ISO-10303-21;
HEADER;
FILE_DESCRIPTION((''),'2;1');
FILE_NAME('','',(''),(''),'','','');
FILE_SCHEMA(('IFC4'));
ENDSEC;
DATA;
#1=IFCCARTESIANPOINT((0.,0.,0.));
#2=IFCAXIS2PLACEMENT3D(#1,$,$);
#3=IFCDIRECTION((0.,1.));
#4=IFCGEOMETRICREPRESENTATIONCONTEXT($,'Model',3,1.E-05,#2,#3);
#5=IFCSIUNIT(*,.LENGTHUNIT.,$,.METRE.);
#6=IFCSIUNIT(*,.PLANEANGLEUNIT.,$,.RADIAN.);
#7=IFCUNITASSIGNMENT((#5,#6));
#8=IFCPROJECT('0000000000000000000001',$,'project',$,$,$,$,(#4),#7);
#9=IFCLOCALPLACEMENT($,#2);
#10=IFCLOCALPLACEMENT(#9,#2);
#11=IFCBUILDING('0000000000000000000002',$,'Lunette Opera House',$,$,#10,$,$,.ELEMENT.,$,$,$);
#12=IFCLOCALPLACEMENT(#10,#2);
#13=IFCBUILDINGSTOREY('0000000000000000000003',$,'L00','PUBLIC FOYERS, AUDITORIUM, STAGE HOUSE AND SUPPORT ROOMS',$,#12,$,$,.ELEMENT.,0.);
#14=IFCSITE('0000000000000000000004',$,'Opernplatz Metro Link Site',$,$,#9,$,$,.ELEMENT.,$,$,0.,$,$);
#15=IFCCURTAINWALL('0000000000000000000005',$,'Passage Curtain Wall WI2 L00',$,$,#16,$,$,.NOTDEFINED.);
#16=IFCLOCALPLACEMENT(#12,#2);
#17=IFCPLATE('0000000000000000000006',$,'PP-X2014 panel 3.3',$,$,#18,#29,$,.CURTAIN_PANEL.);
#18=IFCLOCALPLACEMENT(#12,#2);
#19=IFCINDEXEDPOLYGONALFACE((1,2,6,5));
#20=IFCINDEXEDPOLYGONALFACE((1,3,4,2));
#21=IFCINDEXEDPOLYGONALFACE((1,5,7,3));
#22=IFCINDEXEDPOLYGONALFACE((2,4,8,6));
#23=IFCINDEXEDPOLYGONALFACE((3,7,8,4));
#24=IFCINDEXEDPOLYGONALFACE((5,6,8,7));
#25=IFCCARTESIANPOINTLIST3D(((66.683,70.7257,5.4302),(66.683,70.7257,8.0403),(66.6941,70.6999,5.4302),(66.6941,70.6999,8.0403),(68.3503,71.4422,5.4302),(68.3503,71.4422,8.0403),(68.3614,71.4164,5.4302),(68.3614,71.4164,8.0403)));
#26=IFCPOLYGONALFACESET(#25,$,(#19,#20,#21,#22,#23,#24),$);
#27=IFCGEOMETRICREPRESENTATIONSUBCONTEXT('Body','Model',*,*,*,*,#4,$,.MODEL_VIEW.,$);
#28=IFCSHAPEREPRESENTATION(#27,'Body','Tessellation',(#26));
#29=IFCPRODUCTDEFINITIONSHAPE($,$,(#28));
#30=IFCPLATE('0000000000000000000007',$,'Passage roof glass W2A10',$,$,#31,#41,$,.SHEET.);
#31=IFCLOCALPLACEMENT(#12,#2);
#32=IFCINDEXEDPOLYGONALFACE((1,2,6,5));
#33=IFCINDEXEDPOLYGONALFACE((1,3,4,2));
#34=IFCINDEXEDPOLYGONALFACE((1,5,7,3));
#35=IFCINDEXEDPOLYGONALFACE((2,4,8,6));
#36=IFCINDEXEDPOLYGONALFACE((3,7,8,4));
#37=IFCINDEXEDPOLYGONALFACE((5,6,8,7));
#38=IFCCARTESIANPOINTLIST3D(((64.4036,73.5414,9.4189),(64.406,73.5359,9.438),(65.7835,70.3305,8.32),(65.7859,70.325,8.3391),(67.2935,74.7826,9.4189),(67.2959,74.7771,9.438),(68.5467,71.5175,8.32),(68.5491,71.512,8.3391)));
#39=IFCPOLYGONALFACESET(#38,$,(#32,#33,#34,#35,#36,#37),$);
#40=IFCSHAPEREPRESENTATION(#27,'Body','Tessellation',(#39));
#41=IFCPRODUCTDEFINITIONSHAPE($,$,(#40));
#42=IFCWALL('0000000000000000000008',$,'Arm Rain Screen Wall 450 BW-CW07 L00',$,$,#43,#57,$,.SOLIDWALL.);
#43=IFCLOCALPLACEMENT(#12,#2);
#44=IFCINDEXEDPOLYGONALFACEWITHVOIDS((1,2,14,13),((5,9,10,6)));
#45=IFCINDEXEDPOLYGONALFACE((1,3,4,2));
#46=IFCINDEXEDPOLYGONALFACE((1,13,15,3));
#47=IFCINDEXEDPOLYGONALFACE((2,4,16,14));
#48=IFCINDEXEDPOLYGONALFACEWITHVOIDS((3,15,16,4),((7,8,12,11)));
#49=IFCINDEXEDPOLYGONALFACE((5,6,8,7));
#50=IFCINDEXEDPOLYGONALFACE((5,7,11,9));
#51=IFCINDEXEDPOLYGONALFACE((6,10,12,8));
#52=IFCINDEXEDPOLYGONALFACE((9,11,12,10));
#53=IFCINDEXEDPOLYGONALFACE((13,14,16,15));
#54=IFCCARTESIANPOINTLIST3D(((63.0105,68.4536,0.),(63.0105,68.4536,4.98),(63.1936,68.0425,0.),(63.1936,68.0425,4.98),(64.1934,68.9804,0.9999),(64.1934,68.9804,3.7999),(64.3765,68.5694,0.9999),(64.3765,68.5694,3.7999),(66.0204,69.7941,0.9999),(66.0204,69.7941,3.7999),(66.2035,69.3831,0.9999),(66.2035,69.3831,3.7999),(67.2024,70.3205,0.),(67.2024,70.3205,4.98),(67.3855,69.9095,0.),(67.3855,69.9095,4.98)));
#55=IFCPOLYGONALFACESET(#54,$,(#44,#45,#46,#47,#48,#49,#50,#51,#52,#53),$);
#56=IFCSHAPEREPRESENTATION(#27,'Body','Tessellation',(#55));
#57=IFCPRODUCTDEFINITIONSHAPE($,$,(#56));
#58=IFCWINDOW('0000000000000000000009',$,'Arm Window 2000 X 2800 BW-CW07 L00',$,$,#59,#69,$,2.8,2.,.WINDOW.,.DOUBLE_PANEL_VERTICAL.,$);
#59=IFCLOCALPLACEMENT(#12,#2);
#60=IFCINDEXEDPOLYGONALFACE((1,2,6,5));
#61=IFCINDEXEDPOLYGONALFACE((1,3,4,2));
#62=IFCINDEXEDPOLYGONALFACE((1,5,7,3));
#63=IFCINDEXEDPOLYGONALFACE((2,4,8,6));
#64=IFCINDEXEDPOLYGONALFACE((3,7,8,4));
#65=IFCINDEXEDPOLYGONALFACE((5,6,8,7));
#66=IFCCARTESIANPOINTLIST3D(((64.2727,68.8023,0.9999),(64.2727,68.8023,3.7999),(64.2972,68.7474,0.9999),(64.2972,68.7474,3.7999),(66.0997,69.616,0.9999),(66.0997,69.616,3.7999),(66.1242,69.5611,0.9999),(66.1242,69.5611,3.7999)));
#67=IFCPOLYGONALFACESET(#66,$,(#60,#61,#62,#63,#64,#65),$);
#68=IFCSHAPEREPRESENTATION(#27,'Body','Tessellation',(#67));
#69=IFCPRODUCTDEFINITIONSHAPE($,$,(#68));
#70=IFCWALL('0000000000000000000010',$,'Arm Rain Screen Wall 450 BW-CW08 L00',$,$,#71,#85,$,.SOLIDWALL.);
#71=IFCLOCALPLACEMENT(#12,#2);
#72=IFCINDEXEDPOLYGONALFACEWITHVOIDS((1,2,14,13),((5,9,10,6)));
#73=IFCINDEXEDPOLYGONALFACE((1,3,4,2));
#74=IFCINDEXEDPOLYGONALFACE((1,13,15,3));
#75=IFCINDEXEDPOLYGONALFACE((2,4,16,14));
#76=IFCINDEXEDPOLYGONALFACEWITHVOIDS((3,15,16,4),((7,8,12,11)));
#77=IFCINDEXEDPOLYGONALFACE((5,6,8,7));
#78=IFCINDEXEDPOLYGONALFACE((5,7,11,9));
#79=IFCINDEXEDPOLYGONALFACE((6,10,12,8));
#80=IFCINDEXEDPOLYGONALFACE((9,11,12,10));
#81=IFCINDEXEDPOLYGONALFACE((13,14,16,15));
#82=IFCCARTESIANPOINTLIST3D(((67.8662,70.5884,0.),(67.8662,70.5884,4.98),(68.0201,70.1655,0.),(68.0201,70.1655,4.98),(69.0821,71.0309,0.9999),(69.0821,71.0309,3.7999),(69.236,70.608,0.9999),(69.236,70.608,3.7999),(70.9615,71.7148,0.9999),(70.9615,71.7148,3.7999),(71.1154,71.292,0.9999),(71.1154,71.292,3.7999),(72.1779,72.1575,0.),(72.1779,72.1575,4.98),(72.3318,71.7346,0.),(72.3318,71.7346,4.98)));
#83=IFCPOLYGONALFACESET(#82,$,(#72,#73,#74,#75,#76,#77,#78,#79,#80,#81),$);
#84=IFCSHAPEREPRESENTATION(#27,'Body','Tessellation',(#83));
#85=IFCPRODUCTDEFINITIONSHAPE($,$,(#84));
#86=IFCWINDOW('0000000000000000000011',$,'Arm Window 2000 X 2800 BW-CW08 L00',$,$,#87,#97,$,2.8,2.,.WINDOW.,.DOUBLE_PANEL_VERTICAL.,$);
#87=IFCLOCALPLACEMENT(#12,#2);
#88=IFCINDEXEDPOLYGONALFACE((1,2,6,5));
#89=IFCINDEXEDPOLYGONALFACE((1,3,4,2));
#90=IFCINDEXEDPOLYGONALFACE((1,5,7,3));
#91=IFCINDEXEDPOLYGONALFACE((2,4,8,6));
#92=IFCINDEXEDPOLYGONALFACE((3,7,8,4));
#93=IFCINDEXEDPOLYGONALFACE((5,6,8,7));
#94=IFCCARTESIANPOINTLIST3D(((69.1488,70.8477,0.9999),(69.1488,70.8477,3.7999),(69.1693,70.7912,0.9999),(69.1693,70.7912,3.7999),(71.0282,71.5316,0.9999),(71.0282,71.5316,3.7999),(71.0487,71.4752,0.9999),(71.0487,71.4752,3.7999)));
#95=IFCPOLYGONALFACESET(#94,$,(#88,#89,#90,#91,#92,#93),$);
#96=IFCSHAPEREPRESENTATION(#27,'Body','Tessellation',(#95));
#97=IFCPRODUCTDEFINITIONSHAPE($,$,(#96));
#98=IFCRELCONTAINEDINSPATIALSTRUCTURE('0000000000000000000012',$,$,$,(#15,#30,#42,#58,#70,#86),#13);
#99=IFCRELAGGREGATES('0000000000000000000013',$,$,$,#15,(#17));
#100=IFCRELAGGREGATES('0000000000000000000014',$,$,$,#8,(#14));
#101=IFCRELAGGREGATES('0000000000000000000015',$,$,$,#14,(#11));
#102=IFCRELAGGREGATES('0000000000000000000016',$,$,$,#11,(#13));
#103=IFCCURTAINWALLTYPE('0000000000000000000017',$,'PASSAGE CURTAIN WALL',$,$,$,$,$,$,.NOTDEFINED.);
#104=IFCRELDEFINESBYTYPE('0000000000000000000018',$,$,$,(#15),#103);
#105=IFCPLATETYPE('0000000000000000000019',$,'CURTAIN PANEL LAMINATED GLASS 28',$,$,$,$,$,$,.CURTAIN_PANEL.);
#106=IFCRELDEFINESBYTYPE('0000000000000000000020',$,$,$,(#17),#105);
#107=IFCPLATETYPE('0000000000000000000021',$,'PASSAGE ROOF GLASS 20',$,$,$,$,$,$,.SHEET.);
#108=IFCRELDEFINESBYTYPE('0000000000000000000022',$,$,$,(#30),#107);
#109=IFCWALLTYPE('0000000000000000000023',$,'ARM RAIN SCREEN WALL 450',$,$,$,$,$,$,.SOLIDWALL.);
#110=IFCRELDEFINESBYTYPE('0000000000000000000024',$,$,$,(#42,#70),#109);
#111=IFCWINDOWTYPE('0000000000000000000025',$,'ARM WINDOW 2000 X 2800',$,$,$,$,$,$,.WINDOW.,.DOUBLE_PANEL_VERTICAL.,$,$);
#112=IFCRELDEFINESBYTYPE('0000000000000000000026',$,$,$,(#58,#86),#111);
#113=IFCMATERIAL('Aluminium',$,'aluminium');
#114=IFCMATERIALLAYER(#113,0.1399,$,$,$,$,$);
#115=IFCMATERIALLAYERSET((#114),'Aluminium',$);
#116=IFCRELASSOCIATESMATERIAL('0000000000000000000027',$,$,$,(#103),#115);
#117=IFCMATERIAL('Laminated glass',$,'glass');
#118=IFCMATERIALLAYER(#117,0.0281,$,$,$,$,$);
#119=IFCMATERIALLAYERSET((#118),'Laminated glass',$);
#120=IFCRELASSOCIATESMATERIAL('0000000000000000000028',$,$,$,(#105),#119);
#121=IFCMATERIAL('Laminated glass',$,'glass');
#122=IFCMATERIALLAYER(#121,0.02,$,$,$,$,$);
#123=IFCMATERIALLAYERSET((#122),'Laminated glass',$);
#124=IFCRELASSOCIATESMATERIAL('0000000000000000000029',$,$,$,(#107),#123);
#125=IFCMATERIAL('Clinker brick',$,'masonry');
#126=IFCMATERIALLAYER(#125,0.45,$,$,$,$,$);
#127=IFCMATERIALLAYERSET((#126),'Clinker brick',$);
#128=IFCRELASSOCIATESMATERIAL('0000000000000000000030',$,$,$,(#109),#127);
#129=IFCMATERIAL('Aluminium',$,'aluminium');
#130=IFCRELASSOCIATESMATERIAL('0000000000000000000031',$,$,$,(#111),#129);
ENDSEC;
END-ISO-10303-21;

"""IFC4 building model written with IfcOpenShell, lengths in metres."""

from ifc_helpers import new_model, si_unit, direction, frame, frame_2d, origin, origin_2d, place, context, subcontext, project, spatial, polyline, rectangle, outline, extrude, material, layer, layer_set, type_object, element, fill, aggregate, save


model = new_model("IFC4")

# Units and contexts
model_context = context("Model", 3, precision=1e-05, world=origin(), true_north=direction((0.0, 1.0)))
body_context = subcontext(model_context, "Body", "Model", "MODEL_VIEW")
ifc_project = project(units=[si_unit("LENGTHUNIT", "METRE"), si_unit("PLANEANGLEUNIT", "RADIAN")], contexts=[model_context])

# Site, building, storey
site_placement = place(None, origin())
site = spatial("IfcSite", under=ifc_project, at=site_placement, Name="Opernplatz Metro Link Site", CompositionType="ELEMENT", RefElevation=0.0)
building_placement = place(site_placement, origin())
building = spatial("IfcBuilding", under=site, at=building_placement, Name="Lunette Opera House", CompositionType="ELEMENT")
storey_placement = place(building_placement, origin())
storey = spatial("IfcBuildingStorey", under=building, at=storey_placement, Name="L00", Description="PUBLIC FOYERS, AUDITORIUM, STAGE HOUSE AND SUPPORT ROOMS", CompositionType="ELEMENT", Elevation=0.0)

# Curtain wall
ifc_material_1 = material(Name="Aluminium", Category="aluminium")
ifc_layer_1 = layer(ifc_material_1, 0.1399)
ifc_layer_set_1 = layer_set([ifc_layer_1], Name="Aluminium")
curtain_wall_type = type_object("IfcCurtainWallType", Name="PASSAGE CURTAIN WALL", PredefinedType="NOTDEFINED", material=ifc_layer_set_1)
curtain_wall_placement = place(storey_placement, origin())
curtain_wall = element("IfcCurtainWall", 1, at=curtain_wall_placement, inside=storey, type_object=curtain_wall_type, Name="Passage Curtain Wall WI2 L00", PredefinedType="NOTDEFINED")

# Plates
ifc_material_2 = material(Name="Laminated glass", Category="glass")
ifc_layer_2 = layer(ifc_material_2, 0.0281)
ifc_layer_set_2 = layer_set([ifc_layer_2], Name="Laminated glass")
plate_type_1 = type_object("IfcPlateType", Name="CURTAIN PANEL LAMINATED GLASS 28", PredefinedType="CURTAIN_PANEL", material=ifc_layer_set_2)
plate_1_placement = place(storey_placement, frame((67.5222, 71.071, 5.4302), z_axis=(0.0, 0.0, 1.0), x_axis=(0.918764, 0.394806, 0.0)))
plate_1 = element("IfcPlate", 2, at=plate_1_placement, type_object=plate_type_1, Name="PP-X2014 panel 3.3", PredefinedType="CURTAIN_PANEL", context=body_context, shape_type="SweptSolid", body=[
    extrude(rectangle(XDim=1.8147, YDim=0.0281, at=origin_2d()), origin(), (0.0, 0.0, 1.0), 2.6101),
])
aggregate(curtain_wall, [plate_1])
ifc_material_3 = material(Name="Laminated glass", Category="glass")
ifc_layer_3 = layer(ifc_material_3, 0.02)
ifc_layer_set_3 = layer_set([ifc_layer_3], Name="Laminated glass")
plate_type_2 = type_object("IfcPlateType", Name="PASSAGE ROOF GLASS 20", PredefinedType="SHEET", material=ifc_layer_set_3)
plate_2_placement = place(storey_placement, frame((65.7859, 70.325, 8.3391), z_axis=(0.118384, -0.275606, 0.953953), x_axis=(0.91881, 0.3947, 0.00001)))
element("IfcPlate", 3, at=plate_2_placement, inside=storey, type_object=plate_type_2, Name="Passage roof glass W2A10", PredefinedType="SHEET", context=body_context, shape_type="SweptSolid", body=[
    extrude(outline(polyline([(0.0, 0.0), (3.0074, 0.0), (3.1447, 3.6634), (-0.0005, 3.6636), (0.0, 0.0)])), origin(), (0.0, 0.0, -1.0), 0.02),
])

# Walls, openings, windows
ifc_material_4 = material(Name="Clinker brick", Category="masonry")
ifc_layer_4 = layer(ifc_material_4, 0.45)
ifc_layer_set_4 = layer_set([ifc_layer_4], Name="Clinker brick")
wall_type = type_object("IfcWallType", Name="ARM RAIN SCREEN WALL 450", PredefinedType="SOLIDWALL", material=ifc_layer_set_4)
wall_1_placement = place(storey_placement, frame((63.1021, 68.248, 0.0), z_axis=(0.0, 0.0, 1.0), x_axis=(0.913498, 0.406844, 0.0)))
wall_1 = element("IfcWall", 4, at=wall_1_placement, inside=storey, type_object=wall_type, Name="Arm Rain Screen Wall 450 BW-CW07 L00", PredefinedType="SOLIDWALL", context=body_context, shape_type="SweptSolid", body=[
    extrude(rectangle(XDim=4.5889, YDim=0.45, at=frame_2d((2.2944, 0.0))), origin(), (0.0, 0.0, 1.0), 4.98),
])
opening_1_placement = place(wall_1_placement, frame((1.2949, 0.0, 1.0)))
opening_1 = element("IfcOpeningElement", 5, at=opening_1_placement, cuts=wall_1, PredefinedType="OPENING", context=body_context, shape_type="SweptSolid", body=[
    extrude(rectangle(XDim=2.0, YDim=2.8, at=frame_2d((1.0, 1.3999))), frame((0.0, 0.2371, 0.0), z_axis=(0.0, -1.0, 0.0), x_axis=(1.0, 0.0, 0.0)), (0.0, 0.0, 1.0), 0.4739),
])
ifc_material_5 = material(Name="Aluminium", Category="aluminium")
window_type = type_object("IfcWindowType", Name="ARM WINDOW 2000 X 2800", PartitioningType="DOUBLE_PANEL_VERTICAL", PredefinedType="WINDOW", material=ifc_material_5)
window_1_placement = place(opening_1_placement, origin())
window_1 = element("IfcWindow", 6, at=window_1_placement, inside=storey, type_object=window_type, Name="Arm Window 2000 X 2800 BW-CW07 L00", OverallHeight=2.8, OverallWidth=2.0, PartitioningType="DOUBLE_PANEL_VERTICAL", PredefinedType="WINDOW", context=body_context, shape_type="SweptSolid", body=[
    extrude(rectangle(XDim=2.0, YDim=2.8, at=frame_2d((1.0, 1.3999))), frame((0.0, 0.03, 0.0), z_axis=(0.0, -1.0, 0.0), x_axis=(1.0, 0.0, 0.0)), (0.0, 0.0, 1.0), 0.0601),
])
fill(opening_1, window_1)
wall_2_placement = place(storey_placement, frame((67.9431, 70.377, 0.0), z_axis=(0.0, 0.0, 1.0), x_axis=(0.939711, 0.341969, 0.0)))
wall_2 = element("IfcWall", 7, at=wall_2_placement, inside=storey, type_object=wall_type, Name="Arm Rain Screen Wall 450 BW-CW08 L00", PredefinedType="SOLIDWALL", context=body_context, shape_type="SweptSolid", body=[
    extrude(rectangle(XDim=4.5884, YDim=0.45, at=frame_2d((2.2942, 0.0))), origin(), (0.0, 0.0, 1.0), 4.98),
])
opening_2_placement = place(wall_2_placement, frame((1.2939, 0.0, 1.0)))
opening_2 = element("IfcOpeningElement", 8, at=opening_2_placement, cuts=wall_2, PredefinedType="OPENING", context=body_context, shape_type="SweptSolid", body=[
    extrude(rectangle(XDim=2.0, YDim=2.8, at=frame_2d((1.0, 1.3999))), frame((0.0, 0.2371, 0.0), z_axis=(0.0, -1.0, 0.0), x_axis=(1.0, 0.0, 0.0)), (0.0, 0.0, 1.0), 0.4739),
])
window_2_placement = place(opening_2_placement, origin())
window_2 = element("IfcWindow", 9, at=window_2_placement, inside=storey, type_object=window_type, Name="Arm Window 2000 X 2800 BW-CW08 L00", OverallHeight=2.8, OverallWidth=2.0, PartitioningType="DOUBLE_PANEL_VERTICAL", PredefinedType="WINDOW", context=body_context, shape_type="SweptSolid", body=[
    extrude(rectangle(XDim=2.0, YDim=2.8, at=frame_2d((1.0, 1.3999))), frame((0.0, 0.03, 0.0), z_axis=(0.0, -1.0, 0.0), x_axis=(1.0, 0.0, 0.0)), (0.0, 0.0, 1.0), 0.0601),
])
fill(opening_2, window_2)

save(model, "model.ifc")
